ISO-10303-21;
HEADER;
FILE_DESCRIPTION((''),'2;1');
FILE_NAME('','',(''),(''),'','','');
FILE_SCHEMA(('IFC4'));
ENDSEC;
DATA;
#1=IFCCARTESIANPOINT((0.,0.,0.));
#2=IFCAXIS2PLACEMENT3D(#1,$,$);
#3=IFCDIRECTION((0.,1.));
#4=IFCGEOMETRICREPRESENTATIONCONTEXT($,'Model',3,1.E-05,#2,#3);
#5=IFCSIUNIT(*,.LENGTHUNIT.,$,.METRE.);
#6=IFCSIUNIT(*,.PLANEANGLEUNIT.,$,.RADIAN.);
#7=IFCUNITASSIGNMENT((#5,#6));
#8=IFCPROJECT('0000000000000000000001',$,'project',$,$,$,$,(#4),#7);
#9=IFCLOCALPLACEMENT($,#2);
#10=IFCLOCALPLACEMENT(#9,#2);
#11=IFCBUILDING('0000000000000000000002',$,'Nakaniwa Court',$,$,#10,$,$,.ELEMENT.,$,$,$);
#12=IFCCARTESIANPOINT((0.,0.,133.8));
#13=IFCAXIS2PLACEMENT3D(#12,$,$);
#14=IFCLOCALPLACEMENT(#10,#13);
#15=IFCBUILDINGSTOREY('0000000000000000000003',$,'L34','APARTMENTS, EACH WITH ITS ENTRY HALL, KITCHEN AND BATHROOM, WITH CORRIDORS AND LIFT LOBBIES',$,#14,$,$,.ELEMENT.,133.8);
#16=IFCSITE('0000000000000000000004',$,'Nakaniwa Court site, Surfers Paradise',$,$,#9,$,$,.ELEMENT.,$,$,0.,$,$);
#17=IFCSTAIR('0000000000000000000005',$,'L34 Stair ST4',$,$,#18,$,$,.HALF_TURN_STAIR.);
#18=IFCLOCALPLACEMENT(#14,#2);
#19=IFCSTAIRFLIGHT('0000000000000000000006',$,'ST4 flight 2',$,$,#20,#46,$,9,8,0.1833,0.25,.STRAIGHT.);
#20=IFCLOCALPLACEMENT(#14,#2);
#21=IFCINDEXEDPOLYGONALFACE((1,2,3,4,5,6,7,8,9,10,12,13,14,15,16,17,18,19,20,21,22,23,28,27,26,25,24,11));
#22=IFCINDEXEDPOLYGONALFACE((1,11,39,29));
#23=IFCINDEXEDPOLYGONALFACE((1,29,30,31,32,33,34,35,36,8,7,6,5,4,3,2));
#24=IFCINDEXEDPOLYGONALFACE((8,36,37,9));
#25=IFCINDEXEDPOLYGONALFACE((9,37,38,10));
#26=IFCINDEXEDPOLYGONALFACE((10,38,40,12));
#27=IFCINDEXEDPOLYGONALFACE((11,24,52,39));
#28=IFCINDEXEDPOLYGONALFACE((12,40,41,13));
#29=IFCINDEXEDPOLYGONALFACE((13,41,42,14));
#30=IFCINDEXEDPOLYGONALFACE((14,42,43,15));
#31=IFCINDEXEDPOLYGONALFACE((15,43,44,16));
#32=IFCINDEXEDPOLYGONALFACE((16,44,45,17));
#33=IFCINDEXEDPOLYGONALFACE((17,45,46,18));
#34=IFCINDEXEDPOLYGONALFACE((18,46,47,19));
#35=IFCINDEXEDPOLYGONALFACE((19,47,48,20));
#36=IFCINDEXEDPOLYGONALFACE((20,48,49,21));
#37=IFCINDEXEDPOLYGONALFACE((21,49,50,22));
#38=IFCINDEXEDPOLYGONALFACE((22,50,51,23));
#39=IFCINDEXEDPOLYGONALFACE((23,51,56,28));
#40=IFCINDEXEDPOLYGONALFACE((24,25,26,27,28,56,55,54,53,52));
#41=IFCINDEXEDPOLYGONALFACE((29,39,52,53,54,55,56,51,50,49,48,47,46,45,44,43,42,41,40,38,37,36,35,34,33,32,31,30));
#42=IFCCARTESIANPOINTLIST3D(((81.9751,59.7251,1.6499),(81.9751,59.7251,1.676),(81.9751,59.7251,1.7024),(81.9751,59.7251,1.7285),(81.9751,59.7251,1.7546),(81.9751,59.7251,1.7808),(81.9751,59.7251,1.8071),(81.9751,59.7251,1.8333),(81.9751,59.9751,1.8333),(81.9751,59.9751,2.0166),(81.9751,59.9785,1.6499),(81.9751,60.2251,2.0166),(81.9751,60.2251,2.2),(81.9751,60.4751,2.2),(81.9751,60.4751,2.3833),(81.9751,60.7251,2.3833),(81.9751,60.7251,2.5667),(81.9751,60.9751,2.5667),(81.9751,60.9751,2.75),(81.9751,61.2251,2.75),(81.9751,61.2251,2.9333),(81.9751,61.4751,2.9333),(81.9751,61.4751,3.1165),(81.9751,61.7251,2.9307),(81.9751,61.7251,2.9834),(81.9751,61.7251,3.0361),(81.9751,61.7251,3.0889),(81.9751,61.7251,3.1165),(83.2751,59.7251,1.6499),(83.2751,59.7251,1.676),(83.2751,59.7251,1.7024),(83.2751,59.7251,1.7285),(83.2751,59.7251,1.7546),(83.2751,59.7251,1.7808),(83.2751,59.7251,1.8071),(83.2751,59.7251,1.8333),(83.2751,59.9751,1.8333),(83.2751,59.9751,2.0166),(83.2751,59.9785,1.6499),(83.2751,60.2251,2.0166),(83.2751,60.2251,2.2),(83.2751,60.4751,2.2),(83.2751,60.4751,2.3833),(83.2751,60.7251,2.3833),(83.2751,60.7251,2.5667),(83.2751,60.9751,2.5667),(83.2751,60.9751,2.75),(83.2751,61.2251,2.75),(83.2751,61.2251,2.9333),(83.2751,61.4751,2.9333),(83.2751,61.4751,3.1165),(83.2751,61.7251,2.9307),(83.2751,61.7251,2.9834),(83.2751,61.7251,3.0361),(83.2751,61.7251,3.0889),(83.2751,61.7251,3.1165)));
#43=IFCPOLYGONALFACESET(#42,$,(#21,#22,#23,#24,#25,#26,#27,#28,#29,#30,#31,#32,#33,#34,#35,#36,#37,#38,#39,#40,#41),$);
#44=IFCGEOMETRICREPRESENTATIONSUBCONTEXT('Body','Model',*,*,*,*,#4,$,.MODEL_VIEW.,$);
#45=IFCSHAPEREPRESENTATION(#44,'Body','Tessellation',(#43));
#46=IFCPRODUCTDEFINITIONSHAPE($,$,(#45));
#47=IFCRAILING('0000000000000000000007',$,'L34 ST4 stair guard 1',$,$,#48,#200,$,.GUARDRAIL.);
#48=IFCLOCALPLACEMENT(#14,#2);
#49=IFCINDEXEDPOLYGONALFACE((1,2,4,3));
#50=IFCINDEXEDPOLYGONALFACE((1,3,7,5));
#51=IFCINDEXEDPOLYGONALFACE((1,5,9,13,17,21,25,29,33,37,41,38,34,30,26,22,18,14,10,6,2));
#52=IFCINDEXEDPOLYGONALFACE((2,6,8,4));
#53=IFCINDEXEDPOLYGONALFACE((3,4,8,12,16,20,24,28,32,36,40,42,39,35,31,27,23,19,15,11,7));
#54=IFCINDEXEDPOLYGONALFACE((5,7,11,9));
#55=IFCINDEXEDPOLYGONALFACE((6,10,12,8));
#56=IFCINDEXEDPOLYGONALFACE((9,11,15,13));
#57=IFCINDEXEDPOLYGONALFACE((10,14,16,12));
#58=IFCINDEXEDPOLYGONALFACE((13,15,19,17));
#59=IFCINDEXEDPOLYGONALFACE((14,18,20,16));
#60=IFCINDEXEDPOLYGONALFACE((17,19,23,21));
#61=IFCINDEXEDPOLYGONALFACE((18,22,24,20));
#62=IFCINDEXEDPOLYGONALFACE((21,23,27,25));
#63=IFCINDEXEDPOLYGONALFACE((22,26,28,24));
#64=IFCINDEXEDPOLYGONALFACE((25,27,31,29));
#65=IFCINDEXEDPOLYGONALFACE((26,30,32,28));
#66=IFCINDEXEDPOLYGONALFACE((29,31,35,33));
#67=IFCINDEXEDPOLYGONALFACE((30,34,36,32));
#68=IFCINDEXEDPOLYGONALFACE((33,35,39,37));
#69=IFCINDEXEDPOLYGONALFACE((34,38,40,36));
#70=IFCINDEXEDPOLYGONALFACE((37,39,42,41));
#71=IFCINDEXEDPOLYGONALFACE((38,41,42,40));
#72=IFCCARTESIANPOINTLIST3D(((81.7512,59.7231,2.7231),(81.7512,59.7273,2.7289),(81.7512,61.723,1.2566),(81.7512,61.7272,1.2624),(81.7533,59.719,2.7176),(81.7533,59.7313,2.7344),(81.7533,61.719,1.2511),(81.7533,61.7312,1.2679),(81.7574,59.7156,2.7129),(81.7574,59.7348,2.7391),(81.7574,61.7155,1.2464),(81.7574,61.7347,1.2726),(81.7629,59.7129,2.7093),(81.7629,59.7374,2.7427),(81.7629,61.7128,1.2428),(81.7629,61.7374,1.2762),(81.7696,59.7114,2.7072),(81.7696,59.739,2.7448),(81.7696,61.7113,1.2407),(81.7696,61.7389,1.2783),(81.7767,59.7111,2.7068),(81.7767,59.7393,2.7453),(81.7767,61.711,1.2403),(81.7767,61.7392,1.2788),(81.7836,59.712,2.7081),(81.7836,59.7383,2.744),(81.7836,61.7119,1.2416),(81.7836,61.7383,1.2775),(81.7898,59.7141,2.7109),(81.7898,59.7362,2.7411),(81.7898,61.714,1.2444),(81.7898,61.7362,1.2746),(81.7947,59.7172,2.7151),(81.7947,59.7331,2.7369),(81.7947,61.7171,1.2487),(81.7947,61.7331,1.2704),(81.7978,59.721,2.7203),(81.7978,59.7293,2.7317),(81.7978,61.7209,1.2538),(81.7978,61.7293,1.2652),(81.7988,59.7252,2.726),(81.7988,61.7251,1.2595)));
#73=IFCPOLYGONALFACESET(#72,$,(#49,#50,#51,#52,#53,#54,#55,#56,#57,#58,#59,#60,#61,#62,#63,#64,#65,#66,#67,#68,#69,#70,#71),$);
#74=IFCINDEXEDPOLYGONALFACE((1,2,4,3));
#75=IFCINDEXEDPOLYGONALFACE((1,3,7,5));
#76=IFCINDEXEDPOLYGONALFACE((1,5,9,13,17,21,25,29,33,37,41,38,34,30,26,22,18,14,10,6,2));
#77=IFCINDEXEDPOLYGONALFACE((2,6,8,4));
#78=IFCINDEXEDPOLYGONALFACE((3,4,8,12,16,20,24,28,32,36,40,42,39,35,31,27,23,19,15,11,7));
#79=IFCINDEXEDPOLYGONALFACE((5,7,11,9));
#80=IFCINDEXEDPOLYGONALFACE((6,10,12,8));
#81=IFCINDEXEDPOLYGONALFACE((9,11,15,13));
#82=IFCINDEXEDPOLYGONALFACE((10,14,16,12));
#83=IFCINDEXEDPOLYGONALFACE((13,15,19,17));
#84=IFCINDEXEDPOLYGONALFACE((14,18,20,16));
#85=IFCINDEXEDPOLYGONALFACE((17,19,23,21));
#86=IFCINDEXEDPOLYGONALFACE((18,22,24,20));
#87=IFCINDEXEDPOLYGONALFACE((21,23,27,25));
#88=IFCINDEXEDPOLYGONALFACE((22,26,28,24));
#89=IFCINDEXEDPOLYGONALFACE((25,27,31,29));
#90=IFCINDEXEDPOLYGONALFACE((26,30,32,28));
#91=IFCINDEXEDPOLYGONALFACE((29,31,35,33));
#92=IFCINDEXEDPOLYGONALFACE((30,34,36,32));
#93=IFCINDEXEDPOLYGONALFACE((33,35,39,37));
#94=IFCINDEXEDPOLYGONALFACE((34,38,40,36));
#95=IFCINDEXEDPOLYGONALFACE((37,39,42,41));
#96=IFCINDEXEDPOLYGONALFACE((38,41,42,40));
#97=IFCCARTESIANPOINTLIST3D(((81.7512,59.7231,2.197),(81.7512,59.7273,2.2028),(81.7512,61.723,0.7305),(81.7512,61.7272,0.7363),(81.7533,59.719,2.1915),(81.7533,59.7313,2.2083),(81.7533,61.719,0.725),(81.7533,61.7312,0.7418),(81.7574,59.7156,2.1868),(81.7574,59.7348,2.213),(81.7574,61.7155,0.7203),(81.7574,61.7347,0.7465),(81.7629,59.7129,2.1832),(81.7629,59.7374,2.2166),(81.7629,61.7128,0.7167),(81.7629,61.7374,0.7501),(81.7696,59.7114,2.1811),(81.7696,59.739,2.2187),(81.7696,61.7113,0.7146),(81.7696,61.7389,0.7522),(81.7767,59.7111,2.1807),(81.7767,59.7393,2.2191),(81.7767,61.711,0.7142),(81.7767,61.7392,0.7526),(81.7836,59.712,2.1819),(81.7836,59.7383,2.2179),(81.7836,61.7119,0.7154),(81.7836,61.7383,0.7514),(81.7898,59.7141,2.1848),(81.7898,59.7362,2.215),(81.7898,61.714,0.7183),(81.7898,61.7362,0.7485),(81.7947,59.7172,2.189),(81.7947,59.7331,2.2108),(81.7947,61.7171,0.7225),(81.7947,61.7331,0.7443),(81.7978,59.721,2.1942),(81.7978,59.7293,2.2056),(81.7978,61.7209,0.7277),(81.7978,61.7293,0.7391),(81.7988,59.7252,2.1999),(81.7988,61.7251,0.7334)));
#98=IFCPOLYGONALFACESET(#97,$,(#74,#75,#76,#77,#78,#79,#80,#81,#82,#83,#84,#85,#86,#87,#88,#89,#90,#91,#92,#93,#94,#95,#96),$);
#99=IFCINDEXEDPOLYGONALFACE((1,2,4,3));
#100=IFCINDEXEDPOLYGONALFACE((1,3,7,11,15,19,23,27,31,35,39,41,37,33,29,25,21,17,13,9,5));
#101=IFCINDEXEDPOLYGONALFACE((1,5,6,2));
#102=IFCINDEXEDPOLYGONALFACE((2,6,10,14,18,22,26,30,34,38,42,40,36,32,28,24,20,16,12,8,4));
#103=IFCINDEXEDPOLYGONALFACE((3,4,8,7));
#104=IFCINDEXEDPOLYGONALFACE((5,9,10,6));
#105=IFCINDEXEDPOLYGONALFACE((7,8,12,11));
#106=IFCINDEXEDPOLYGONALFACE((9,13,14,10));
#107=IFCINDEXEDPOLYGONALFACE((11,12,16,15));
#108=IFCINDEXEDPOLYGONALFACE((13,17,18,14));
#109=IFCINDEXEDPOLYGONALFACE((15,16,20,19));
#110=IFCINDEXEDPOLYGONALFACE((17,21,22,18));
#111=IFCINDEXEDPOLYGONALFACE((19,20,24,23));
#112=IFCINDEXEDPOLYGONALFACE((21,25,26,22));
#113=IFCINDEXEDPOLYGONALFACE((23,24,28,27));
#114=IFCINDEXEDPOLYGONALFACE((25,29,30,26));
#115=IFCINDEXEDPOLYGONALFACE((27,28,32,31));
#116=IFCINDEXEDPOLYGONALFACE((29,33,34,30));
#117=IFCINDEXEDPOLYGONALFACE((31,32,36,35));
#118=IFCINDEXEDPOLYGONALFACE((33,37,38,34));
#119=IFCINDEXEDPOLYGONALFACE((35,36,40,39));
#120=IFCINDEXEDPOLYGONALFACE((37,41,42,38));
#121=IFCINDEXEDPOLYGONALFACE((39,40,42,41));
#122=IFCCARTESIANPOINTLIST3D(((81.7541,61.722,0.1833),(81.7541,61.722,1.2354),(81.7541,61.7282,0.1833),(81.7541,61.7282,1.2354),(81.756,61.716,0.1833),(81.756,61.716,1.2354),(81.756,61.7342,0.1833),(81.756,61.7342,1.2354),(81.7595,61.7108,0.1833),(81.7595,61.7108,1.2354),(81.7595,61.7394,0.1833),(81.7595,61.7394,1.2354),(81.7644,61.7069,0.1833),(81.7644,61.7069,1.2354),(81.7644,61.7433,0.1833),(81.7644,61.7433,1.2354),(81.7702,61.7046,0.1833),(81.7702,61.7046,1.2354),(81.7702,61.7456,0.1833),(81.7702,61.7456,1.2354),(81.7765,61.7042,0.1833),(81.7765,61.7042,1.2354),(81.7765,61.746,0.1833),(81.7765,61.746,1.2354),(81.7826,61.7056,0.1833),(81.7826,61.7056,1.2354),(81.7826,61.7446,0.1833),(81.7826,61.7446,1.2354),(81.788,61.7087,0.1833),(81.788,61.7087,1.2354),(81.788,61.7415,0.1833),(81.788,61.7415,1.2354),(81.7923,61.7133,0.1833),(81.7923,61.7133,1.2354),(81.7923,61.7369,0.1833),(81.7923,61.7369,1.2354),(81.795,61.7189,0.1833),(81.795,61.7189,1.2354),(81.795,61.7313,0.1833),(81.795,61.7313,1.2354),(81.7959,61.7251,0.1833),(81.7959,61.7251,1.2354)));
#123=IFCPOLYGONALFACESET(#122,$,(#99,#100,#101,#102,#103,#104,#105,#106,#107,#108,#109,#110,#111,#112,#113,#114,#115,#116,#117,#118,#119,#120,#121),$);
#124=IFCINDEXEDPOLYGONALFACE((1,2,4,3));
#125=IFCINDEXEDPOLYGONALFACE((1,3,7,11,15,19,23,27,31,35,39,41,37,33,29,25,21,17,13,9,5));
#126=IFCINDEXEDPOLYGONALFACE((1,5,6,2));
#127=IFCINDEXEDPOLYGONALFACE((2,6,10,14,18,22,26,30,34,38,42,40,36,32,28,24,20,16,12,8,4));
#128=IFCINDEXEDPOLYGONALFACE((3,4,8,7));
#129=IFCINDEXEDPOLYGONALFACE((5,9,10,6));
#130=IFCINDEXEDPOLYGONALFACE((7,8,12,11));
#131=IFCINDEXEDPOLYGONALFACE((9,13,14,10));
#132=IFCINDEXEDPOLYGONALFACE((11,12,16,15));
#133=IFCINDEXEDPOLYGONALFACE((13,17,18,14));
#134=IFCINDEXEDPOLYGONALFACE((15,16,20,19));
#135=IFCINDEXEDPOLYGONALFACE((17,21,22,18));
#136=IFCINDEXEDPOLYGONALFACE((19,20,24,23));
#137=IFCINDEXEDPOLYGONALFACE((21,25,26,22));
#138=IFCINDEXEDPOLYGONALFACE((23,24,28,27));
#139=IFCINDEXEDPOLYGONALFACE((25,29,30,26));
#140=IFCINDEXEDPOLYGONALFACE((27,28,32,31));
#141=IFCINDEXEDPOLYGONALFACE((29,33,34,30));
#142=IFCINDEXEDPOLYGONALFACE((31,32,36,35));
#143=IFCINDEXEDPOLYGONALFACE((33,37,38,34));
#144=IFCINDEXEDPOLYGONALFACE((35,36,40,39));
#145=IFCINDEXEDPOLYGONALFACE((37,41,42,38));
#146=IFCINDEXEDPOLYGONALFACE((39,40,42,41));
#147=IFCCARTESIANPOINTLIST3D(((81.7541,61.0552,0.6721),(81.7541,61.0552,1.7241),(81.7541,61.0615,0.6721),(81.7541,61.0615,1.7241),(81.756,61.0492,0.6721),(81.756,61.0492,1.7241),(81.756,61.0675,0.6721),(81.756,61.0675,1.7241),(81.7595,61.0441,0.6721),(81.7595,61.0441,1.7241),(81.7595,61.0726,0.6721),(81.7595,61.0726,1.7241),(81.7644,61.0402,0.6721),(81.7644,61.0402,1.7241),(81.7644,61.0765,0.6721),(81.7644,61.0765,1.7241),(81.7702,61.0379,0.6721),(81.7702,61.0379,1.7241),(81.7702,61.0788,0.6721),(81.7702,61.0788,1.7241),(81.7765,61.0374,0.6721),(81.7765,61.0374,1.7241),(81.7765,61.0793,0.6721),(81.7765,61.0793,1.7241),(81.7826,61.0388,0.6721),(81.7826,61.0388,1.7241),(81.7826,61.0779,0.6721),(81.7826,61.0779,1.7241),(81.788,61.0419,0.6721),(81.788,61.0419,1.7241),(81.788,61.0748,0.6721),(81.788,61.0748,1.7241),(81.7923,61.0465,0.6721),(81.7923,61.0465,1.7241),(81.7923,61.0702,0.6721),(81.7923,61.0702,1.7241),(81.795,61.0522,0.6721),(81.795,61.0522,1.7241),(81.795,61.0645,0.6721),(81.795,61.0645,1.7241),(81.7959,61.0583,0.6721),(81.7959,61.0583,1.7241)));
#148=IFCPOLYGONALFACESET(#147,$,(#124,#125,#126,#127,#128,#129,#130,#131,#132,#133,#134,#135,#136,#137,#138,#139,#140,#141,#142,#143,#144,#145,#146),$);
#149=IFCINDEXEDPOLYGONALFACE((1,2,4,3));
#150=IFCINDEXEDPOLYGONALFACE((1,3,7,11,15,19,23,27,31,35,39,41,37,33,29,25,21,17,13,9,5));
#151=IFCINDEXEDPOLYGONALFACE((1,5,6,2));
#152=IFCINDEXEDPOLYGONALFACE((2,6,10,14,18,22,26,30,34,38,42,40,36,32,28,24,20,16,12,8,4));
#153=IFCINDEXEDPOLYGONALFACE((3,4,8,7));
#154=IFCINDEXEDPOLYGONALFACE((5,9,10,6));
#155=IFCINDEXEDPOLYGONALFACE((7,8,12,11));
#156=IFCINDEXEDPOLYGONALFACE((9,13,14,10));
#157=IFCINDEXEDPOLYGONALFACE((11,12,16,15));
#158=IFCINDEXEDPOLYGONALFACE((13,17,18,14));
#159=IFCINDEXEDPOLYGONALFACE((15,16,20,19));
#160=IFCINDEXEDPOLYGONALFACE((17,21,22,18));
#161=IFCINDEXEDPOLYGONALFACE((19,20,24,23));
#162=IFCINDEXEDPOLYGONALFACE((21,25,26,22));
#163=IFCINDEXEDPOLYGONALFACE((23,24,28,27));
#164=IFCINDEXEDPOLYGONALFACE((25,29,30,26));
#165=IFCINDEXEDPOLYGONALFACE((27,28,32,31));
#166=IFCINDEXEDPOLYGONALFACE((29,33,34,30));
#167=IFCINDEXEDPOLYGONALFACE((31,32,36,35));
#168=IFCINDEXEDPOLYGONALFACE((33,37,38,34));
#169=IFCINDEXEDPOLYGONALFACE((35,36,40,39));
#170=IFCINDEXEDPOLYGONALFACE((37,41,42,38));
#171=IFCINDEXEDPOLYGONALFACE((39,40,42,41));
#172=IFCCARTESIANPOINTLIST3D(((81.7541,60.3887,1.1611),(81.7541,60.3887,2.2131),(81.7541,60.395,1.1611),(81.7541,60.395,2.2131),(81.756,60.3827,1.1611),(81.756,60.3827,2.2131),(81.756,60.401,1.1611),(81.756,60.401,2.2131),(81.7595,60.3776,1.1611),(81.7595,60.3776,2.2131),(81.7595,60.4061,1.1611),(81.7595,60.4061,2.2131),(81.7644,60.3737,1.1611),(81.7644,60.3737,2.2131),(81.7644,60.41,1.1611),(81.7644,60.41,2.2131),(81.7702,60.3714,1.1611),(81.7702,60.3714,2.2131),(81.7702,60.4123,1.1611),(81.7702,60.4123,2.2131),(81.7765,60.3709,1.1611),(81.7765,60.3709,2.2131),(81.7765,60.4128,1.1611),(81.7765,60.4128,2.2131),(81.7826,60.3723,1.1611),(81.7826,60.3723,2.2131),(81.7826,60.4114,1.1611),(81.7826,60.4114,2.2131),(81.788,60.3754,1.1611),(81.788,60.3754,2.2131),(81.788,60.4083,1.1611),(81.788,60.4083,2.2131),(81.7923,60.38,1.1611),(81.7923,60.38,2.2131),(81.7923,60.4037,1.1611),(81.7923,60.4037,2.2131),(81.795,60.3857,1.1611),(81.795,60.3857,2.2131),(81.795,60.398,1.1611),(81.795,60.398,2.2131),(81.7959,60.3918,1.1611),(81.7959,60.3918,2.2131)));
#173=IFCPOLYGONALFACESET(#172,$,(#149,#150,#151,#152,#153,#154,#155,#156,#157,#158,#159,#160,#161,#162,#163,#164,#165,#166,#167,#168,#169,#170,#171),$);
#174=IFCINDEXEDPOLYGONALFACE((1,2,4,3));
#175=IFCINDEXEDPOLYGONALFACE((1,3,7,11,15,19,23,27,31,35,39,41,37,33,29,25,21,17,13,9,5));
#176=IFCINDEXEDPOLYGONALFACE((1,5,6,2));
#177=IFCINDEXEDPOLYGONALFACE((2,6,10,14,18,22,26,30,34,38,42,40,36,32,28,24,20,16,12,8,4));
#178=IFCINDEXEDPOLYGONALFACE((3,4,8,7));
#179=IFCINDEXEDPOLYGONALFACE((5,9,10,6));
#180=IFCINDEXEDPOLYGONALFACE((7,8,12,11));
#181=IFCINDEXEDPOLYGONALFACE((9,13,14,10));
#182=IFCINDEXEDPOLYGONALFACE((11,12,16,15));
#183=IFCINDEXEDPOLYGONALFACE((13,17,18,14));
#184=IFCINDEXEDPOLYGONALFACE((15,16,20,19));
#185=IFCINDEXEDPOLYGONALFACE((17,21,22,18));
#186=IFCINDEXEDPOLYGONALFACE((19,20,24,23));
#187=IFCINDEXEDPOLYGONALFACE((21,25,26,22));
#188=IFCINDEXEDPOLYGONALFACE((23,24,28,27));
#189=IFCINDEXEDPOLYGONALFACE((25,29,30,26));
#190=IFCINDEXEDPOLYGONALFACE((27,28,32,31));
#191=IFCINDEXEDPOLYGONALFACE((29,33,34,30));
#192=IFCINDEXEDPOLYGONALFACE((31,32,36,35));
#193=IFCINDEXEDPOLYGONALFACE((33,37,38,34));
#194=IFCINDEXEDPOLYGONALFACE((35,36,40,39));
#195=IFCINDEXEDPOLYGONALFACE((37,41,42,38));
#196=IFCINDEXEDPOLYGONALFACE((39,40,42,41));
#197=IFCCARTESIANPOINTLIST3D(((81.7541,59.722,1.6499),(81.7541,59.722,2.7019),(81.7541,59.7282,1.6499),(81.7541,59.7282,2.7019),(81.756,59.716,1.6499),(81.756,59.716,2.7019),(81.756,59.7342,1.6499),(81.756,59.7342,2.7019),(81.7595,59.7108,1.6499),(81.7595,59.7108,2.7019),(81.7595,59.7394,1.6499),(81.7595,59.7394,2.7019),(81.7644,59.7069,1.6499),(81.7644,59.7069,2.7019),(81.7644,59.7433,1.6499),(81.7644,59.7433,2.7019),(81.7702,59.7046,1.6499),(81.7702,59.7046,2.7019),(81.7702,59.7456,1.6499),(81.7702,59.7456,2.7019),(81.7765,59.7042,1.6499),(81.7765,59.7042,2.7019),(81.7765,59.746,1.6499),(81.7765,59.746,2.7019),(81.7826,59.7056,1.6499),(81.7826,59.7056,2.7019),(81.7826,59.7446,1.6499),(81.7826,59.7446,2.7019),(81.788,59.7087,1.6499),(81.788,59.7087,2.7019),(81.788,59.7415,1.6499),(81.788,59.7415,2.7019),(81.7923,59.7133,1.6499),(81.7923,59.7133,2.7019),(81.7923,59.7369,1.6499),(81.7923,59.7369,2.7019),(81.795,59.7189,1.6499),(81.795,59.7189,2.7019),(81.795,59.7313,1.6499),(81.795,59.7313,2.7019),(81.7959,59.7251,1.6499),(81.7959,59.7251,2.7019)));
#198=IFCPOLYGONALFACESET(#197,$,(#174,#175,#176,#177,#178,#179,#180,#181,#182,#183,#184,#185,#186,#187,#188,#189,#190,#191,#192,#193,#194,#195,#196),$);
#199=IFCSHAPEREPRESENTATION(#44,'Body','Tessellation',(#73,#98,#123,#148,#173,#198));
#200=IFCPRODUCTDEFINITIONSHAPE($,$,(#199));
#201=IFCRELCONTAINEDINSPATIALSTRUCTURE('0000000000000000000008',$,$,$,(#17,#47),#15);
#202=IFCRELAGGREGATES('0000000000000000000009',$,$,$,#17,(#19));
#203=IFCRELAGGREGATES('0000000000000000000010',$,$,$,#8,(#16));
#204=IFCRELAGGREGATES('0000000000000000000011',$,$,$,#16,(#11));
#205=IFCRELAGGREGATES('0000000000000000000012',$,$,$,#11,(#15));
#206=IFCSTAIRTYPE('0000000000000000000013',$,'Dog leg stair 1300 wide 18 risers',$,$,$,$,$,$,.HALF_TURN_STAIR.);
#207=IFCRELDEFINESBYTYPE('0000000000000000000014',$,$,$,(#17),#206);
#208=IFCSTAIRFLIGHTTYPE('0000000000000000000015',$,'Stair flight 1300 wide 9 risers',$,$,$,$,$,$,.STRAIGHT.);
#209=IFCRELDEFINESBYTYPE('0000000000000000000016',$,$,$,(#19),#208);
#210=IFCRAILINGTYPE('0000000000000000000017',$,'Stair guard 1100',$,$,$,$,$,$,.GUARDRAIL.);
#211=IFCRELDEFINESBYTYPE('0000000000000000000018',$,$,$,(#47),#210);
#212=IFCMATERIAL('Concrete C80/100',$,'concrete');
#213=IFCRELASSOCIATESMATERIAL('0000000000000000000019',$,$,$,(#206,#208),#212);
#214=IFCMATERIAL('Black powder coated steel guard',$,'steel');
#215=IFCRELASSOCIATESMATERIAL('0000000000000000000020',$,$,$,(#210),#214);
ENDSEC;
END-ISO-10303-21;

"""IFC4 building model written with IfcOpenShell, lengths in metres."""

from ifc_helpers import new_model, si_unit, direction, frame, origin, origin_2d, place, context, subcontext, project, spatial, polyline, circle, outline, extrude, material, type_object, element, aggregate, save


model = new_model("IFC4")

# Units and contexts
model_context = context("Model", 3, precision=1e-05, world=origin(), true_north=direction((0.0, 1.0)))
body_context = subcontext(model_context, "Body", "Model", "MODEL_VIEW")
ifc_project = project(units=[si_unit("LENGTHUNIT", "METRE"), si_unit("PLANEANGLEUNIT", "RADIAN")], contexts=[model_context])

# Site, building, storey
site_placement = place(None, origin())
site = spatial("IfcSite", under=ifc_project, at=site_placement, Name="Nakaniwa Court site, Surfers Paradise", CompositionType="ELEMENT", RefElevation=0.0)
building_placement = place(site_placement, origin())
building = spatial("IfcBuilding", under=site, at=building_placement, Name="Nakaniwa Court", CompositionType="ELEMENT")
storey_placement = place(building_placement, frame((0.0, 0.0, 133.8)))
storey = spatial("IfcBuildingStorey", under=building, at=storey_placement, Name="L34", Description="APARTMENTS, EACH WITH ITS ENTRY HALL, KITCHEN AND BATHROOM, WITH CORRIDORS AND LIFT LOBBIES", CompositionType="ELEMENT", Elevation=133.8)

# Shared definitions
ifc_material_1 = material(Name="Concrete C80/100", Category="concrete")

# Stair, stair flight
stair_type = type_object("IfcStairType", Name="Dog leg stair 1300 wide 18 risers", PredefinedType="HALF_TURN_STAIR", material=ifc_material_1)
stair_placement = place(storey_placement, origin())
stair = element("IfcStair", 1, at=stair_placement, inside=storey, type_object=stair_type, Name="L34 Stair ST4", PredefinedType="HALF_TURN_STAIR")
stair_flight_type = type_object("IfcStairFlightType", Name="Stair flight 1300 wide 9 risers", PredefinedType="STRAIGHT", material=ifc_material_1)
stair_flight_1_placement = place(storey_placement, frame((82.625, 59.7251, 1.6499), z_axis=(0.0, 0.0, 1.0), x_axis=(0.0, 1.0, 0.0)))
stair_flight_1 = element("IfcStairFlight", 2, at=stair_flight_1_placement, type_object=stair_flight_type, Name="ST4 flight 2", NumberOfRisers=9, NumberOfTreads=8, PredefinedType="STRAIGHT", RiserHeight=0.1833, TreadLength=0.25, context=body_context, shape_type="SweptSolid", body=[
    extrude(outline(polyline([(0.0, 0.0), (0.0, 0.0261), (0.0, 0.0525), (0.0, 0.0786), (0.0, 0.1047), (0.0, 0.1309), (0.0, 0.1572), (0.0, 0.1833), (0.25, 0.1833), (0.25, 0.3667), (0.5, 0.3667), (0.5, 0.55), (0.75, 0.55), (0.75, 0.7334), (1.0, 0.7334), (1.0, 0.9167), (1.25, 0.9167), (1.25, 1.1001), (1.5, 1.1001), (1.5, 1.2834), (1.75, 1.2834), (1.75, 1.4666), (2.0, 1.4666), (2.0, 1.6499), (2.0, 1.5972), (2.0, 1.5444), (2.0, 1.4917), (2.0, 1.439), (2.0, 1.3862), (2.0, 1.3335), (2.0, 1.2808), (0.2534, 0.0), (0.0, 0.0)])), frame((0.0, 0.6499, 0.0), z_axis=(0.0, -1.0, 0.0), x_axis=(1.0, 0.0, 0.0)), (0.0, 0.0, 1.0), 1.3),
])
aggregate(stair, [stair_flight_1])

# Railing
ifc_material_2 = material(Name="Black powder coated steel guard", Category="steel")
railing_type_1 = type_object("IfcRailingType", Name="Stair guard 1100", PredefinedType="GUARDRAIL", material=ifc_material_2)
railing_1_placement = place(storey_placement, frame((81.7749, 61.7251, 0.1833)))
element("IfcRailing", 3, at=railing_1_placement, inside=storey, type_object=railing_type_1, Name="L34 ST4 stair guard 1", PredefinedType="GUARDRAIL", context=body_context, shape_type="SweptSolid", body=[
    extrude(circle(Radius=0.0239, at=origin_2d()), frame((0.0, 0.0, 1.0762), z_axis=(0.0, -0.806427, 0.591334), x_axis=(1.0, 0.0, 0.0)), (0.0, 0.0, 1.0), 2.48),
    extrude(circle(Radius=0.0239, at=origin_2d()), frame((0.0, 0.0, 0.55), z_axis=(0.0, -0.806427, 0.591334), x_axis=(1.0, 0.0, 0.0)), (0.0, 0.0, 1.0), 2.48),
    extrude(circle(Radius=0.021, at=origin_2d()), origin(), (0.0, 0.0, 1.0), 1.052),
    extrude(circle(Radius=0.021, at=origin_2d()), frame((0.0, -0.6667, 0.4888)), (0.0, 0.0, 1.0), 1.052),
    extrude(circle(Radius=0.021, at=origin_2d()), frame((0.0, -1.3333, 0.9778)), (0.0, 0.0, 1.0), 1.052),
    extrude(circle(Radius=0.021, at=origin_2d()), frame((0.0, -2.0, 1.4666)), (0.0, 0.0, 1.0), 1.052),
])

save(model, "model.ifc")
